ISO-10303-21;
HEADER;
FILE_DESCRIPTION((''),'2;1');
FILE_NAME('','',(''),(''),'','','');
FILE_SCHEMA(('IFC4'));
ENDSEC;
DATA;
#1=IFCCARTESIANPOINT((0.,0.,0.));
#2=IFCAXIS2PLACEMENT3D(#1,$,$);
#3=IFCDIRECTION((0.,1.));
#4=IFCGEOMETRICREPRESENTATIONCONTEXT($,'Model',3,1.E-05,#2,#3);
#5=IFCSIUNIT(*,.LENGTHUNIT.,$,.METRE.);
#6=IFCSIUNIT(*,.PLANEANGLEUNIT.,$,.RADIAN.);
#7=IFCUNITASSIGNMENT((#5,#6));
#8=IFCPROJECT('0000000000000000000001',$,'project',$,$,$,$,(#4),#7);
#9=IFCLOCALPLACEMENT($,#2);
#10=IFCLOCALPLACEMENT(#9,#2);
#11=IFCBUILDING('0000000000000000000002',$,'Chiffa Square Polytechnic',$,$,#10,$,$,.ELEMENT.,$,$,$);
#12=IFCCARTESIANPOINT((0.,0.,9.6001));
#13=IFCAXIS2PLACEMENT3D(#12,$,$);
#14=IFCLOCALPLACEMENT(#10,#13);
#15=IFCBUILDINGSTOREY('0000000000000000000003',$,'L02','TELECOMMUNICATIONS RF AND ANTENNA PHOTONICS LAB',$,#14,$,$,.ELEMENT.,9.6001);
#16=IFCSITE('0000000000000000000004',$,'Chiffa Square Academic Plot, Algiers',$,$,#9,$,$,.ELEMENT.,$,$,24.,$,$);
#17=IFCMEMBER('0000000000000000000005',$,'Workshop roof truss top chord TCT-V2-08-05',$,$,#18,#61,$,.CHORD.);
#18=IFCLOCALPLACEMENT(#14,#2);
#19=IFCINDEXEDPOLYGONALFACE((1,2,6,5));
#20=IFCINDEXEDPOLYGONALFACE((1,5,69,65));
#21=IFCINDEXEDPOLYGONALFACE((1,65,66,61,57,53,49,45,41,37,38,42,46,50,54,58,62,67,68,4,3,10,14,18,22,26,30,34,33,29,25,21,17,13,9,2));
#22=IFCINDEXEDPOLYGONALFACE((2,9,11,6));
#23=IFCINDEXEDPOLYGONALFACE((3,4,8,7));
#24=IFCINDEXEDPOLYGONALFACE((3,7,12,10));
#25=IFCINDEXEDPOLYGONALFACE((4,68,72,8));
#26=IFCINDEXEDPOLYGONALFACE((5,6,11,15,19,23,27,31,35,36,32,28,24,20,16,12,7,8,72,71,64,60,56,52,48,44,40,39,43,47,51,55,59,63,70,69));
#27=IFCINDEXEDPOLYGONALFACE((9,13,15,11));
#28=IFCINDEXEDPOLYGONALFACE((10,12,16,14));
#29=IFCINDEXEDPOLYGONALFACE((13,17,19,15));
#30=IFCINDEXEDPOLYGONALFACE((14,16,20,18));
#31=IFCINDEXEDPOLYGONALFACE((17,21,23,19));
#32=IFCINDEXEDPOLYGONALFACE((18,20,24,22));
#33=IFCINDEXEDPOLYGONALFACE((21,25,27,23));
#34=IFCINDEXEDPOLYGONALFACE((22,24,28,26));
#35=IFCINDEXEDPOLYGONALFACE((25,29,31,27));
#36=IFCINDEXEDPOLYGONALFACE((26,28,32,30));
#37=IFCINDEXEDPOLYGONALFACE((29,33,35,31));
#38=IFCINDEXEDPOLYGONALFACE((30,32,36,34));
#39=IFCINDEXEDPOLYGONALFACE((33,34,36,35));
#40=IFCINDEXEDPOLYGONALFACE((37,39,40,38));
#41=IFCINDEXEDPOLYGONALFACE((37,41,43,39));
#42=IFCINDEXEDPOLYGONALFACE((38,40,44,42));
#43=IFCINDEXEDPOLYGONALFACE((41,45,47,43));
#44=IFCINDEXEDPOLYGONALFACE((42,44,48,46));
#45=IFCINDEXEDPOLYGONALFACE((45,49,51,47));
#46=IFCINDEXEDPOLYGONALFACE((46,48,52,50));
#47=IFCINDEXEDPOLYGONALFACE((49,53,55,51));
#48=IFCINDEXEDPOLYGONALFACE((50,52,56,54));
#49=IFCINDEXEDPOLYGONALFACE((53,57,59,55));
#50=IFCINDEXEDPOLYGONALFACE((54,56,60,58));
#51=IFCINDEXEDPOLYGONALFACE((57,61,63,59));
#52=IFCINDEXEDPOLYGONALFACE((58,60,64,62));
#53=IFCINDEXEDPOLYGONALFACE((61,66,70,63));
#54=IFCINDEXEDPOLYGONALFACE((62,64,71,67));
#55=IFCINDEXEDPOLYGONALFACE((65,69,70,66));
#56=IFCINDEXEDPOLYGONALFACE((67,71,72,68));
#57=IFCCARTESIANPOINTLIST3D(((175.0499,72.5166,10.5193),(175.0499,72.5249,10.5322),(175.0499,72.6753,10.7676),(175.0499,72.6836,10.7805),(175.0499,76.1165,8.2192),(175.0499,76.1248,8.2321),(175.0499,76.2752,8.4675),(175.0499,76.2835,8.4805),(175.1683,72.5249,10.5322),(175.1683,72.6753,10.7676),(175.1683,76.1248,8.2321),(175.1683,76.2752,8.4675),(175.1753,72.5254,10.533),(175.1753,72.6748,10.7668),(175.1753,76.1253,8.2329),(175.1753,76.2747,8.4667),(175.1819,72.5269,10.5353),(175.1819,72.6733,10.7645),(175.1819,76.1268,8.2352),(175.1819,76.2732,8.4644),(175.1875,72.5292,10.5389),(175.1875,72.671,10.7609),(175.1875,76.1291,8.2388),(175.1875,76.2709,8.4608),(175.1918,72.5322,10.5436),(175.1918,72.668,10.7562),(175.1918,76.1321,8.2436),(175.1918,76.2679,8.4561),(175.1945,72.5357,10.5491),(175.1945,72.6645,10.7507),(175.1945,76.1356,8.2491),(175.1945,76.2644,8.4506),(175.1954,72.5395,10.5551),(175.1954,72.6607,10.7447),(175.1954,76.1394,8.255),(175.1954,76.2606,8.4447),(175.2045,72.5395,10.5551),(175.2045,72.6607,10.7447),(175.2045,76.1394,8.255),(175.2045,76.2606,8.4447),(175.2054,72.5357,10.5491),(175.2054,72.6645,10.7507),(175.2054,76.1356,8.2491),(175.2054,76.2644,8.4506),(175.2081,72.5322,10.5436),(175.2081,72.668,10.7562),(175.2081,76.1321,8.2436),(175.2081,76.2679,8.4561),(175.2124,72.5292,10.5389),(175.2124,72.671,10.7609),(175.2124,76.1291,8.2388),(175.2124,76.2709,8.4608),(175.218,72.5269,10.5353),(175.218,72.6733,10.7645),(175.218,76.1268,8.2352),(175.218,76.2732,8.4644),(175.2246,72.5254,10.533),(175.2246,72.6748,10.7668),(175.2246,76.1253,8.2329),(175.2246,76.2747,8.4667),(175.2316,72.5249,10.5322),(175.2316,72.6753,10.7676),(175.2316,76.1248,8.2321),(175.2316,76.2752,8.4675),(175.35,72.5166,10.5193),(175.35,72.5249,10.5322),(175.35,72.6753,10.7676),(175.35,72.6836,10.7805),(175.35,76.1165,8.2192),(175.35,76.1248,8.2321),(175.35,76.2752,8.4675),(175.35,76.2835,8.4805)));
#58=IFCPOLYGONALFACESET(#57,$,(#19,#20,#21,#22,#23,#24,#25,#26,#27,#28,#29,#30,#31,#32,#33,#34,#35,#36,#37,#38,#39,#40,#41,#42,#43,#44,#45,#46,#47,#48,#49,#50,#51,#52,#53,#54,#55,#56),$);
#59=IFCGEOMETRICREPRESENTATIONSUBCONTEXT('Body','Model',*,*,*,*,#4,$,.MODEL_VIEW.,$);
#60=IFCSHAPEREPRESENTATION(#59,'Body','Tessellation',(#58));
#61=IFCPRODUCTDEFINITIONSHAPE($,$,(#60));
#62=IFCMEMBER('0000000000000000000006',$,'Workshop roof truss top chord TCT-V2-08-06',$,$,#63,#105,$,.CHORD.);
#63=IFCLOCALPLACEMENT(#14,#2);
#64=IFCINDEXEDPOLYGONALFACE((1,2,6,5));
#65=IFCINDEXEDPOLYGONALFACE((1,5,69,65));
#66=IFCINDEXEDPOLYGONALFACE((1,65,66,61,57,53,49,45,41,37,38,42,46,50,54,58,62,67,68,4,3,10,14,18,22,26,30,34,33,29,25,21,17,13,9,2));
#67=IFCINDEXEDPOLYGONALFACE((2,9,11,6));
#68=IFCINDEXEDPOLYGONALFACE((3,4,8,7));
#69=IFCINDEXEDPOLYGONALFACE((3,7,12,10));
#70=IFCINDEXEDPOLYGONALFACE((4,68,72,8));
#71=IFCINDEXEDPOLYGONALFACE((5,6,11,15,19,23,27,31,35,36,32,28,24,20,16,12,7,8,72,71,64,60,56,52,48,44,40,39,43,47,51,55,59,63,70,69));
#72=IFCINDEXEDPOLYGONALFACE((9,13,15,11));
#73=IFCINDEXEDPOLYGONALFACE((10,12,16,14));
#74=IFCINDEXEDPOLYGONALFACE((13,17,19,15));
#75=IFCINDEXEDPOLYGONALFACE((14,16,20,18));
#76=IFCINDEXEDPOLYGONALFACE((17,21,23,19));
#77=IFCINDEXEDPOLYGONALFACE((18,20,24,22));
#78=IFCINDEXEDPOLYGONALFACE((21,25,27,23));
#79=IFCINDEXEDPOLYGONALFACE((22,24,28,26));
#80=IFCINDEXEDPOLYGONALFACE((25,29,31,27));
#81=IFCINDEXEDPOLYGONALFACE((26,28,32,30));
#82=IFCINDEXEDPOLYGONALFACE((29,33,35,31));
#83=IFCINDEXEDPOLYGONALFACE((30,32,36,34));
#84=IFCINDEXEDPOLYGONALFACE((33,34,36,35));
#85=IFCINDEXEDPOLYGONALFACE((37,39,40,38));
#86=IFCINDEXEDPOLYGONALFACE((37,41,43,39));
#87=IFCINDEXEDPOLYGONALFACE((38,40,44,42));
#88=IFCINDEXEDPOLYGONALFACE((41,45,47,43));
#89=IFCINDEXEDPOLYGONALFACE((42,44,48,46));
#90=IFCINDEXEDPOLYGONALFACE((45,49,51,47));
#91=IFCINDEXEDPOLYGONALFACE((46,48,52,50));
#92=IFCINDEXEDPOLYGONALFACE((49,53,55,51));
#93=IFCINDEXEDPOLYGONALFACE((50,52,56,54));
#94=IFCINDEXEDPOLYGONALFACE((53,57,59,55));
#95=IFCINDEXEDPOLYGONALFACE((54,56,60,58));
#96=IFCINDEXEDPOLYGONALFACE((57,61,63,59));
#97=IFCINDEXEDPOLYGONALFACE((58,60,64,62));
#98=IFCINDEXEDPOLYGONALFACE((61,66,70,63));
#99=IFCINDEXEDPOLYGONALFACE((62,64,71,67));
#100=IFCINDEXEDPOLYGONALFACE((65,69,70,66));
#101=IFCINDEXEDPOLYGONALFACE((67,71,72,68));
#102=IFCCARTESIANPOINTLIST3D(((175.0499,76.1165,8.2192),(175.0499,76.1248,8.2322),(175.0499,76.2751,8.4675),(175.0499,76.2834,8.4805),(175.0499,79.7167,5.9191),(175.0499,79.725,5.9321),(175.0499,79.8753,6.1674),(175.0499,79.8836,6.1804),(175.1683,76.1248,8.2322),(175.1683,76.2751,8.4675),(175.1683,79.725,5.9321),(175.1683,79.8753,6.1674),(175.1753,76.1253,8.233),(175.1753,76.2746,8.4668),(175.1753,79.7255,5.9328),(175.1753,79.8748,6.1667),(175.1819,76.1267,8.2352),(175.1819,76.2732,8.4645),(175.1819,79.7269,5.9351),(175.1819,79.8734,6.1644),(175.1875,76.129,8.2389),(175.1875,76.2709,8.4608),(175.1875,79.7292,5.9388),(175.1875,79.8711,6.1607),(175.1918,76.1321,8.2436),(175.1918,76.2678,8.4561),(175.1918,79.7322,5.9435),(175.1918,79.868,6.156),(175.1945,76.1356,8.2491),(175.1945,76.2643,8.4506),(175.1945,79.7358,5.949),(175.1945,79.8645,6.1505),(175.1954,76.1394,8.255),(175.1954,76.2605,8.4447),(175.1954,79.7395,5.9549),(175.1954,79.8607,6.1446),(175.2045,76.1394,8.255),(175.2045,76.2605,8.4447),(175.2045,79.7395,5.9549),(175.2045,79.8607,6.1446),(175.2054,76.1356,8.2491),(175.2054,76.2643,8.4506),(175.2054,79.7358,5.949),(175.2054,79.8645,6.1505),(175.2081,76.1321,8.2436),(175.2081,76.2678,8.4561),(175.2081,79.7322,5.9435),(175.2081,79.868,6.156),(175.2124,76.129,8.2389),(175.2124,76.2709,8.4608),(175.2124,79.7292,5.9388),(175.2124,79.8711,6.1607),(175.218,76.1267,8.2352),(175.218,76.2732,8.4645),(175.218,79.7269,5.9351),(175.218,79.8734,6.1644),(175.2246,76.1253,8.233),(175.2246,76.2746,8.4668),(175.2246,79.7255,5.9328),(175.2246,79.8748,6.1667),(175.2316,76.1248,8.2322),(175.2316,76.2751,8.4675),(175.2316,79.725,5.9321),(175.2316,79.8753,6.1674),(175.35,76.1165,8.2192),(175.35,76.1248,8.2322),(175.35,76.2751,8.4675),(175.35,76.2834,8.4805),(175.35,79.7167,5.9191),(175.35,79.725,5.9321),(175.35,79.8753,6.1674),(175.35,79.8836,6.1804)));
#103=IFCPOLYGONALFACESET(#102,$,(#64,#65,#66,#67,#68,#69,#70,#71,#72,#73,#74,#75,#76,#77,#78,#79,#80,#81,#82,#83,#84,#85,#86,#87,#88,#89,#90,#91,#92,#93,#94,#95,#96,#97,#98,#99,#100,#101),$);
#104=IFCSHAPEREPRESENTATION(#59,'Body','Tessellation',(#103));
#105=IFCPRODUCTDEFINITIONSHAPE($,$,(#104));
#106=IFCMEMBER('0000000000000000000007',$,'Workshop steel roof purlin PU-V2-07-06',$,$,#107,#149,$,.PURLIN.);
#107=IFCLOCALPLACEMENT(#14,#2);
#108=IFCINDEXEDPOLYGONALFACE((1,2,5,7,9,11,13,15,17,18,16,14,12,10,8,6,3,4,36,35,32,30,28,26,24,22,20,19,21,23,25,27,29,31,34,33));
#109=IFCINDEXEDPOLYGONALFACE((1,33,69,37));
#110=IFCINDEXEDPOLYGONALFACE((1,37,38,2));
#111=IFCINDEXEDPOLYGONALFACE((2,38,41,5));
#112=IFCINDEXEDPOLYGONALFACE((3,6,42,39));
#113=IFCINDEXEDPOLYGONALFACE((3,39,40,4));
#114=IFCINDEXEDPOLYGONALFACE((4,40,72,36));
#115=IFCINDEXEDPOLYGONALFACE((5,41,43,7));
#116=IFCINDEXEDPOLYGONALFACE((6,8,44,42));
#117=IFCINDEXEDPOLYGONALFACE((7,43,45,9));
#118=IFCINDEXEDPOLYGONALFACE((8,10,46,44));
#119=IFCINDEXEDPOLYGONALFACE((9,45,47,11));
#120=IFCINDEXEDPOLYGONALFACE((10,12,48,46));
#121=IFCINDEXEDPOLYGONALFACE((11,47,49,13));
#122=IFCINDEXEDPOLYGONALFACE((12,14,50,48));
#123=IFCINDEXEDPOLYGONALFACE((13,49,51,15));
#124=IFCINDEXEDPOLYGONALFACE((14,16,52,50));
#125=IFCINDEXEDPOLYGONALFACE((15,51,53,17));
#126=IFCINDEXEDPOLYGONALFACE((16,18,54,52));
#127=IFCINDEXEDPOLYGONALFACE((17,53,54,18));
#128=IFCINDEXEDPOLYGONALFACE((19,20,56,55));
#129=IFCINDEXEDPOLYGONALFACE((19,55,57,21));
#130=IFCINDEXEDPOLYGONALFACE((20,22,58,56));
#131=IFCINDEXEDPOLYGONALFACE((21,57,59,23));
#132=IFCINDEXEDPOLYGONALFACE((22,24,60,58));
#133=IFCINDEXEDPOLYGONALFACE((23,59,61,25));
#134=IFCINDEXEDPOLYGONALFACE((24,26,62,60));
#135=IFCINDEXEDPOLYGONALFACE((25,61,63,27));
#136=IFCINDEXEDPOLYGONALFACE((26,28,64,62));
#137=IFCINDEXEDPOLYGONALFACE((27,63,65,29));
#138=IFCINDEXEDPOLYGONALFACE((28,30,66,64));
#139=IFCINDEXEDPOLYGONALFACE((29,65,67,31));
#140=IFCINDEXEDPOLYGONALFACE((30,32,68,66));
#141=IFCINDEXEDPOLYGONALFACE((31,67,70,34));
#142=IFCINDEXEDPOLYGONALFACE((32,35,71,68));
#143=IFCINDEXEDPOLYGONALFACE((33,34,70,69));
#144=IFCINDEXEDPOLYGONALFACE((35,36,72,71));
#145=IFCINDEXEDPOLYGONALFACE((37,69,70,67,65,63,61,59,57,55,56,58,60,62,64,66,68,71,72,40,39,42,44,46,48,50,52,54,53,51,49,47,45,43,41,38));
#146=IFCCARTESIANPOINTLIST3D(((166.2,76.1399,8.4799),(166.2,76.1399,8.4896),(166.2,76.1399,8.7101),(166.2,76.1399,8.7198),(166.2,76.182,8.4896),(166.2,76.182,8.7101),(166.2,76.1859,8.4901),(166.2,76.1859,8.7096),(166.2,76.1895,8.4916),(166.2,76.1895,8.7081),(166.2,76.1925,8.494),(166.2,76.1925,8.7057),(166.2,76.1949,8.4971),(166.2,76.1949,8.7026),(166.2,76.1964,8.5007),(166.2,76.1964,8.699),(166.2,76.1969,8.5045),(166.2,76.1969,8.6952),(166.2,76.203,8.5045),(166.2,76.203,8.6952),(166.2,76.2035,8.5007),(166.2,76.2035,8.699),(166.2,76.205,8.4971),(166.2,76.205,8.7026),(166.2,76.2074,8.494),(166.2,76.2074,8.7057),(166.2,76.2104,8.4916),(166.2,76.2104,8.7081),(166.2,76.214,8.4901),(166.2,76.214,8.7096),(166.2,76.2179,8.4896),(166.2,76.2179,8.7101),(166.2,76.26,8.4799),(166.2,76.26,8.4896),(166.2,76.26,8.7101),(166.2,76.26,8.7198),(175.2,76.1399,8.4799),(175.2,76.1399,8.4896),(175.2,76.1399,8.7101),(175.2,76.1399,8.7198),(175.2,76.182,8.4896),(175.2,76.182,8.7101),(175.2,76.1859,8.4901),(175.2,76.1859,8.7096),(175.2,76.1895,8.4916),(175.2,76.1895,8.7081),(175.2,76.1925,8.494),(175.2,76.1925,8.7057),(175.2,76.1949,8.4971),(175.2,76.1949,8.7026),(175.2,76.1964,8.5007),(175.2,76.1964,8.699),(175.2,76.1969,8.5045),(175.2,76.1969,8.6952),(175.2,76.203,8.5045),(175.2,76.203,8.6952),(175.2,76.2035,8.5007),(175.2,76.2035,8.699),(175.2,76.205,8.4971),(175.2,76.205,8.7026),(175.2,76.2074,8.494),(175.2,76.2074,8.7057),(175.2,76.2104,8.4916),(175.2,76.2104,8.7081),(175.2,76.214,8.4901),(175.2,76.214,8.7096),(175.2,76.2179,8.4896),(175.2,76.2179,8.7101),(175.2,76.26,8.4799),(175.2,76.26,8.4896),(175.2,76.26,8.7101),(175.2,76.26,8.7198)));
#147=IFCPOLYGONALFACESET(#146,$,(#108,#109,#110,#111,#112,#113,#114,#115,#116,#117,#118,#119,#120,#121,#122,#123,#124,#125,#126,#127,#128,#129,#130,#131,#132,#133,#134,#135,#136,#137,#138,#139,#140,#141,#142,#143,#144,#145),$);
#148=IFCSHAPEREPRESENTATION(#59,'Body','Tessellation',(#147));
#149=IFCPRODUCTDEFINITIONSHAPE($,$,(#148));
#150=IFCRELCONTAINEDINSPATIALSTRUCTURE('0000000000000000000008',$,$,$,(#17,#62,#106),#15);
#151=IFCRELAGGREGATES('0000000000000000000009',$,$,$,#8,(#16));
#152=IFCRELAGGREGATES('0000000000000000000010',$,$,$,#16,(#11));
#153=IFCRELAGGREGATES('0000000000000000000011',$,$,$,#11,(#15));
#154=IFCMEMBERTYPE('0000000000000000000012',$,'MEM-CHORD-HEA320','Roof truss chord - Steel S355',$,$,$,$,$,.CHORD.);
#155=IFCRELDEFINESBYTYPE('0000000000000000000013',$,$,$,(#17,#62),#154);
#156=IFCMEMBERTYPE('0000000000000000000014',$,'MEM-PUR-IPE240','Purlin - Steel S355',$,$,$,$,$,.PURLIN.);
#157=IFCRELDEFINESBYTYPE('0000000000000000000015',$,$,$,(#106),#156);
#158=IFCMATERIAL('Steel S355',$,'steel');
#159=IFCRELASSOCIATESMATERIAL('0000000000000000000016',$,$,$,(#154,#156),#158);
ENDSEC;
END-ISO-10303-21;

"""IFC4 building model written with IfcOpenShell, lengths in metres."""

from ifc_helpers import new_model, si_unit, direction, frame, origin, origin_2d, place, context, subcontext, project, spatial, i_section, extrude, material, material_profile, profile_set, type_object, element, save


model = new_model("IFC4")

# Units and contexts
model_context = context("Model", 3, precision=1e-05, world=origin(), true_north=direction((0.0, 1.0)))
body_context = subcontext(model_context, "Body", "Model", "MODEL_VIEW")
ifc_project = project(units=[si_unit("LENGTHUNIT", "METRE"), si_unit("PLANEANGLEUNIT", "RADIAN")], contexts=[model_context])

# Site, building, storey
site_placement = place(None, origin())
site = spatial("IfcSite", under=ifc_project, at=site_placement, Name="Chiffa Square Academic Plot, Algiers", CompositionType="ELEMENT", RefElevation=24.0)
building_placement = place(site_placement, origin())
building = spatial("IfcBuilding", under=site, at=building_placement, Name="Chiffa Square Polytechnic", CompositionType="ELEMENT")
storey_placement = place(building_placement, frame((0.0, 0.0, 9.6001)))
storey = spatial("IfcBuildingStorey", under=building, at=storey_placement, Name="L02", Description="TELECOMMUNICATIONS RF AND ANTENNA PHOTONICS LAB", CompositionType="ELEMENT", Elevation=9.6001)

# Shared definitions
ifc_material_1 = material(Name="Steel S355", Category="steel")

# Members
ifc_material_profile_1 = material_profile(ifc_material_1, i_section(OverallWidth=0.3, OverallDepth=0.3101, WebThickness=0.009, FlangeThickness=0.0154, FilletRadius=0.0271, at=origin_2d()), Name="HEA 320")
ifc_profile_set_1 = profile_set([ifc_material_profile_1], Name="Steel S355")
member_type_1 = type_object("IfcMemberType", Name="MEM-CHORD-HEA320", Description="Roof truss chord - Steel S355", PredefinedType="CHORD", material=ifc_profile_set_1)
member_1_placement = place(storey_placement, frame((175.2, 72.6001, 10.6499), z_axis=(0.0, 0.842681, -0.538413), x_axis=(-1.0, 0.0, 0.0)))
element("IfcMember", 1, at=member_1_placement, inside=storey, type_object=member_type_1, Name="Workshop roof truss top chord TCT-V2-08-05", PredefinedType="CHORD", context=body_context, shape_type="SweptSolid", body=[
    extrude(i_section(OverallWidth=0.3, OverallDepth=0.3101, WebThickness=0.009, FlangeThickness=0.0154, FilletRadius=0.0271, at=origin_2d()), origin(), (0.0, 0.0, 1.0), 4.272),
])
member_2_placement = place(storey_placement, frame((175.2, 76.2, 8.3499), z_axis=(0.0, 0.842698, -0.538387), x_axis=(-1.0, 0.0, 0.0)))
element("IfcMember", 2, at=member_2_placement, inside=storey, type_object=member_type_1, Name="Workshop roof truss top chord TCT-V2-08-06", PredefinedType="CHORD", context=body_context, shape_type="SweptSolid", body=[
    extrude(i_section(OverallWidth=0.3, OverallDepth=0.3101, WebThickness=0.009, FlangeThickness=0.0154, FilletRadius=0.0271, at=origin_2d()), origin(), (0.0, 0.0, 1.0), 4.2722),
])
ifc_material_profile_2 = material_profile(ifc_material_1, i_section(OverallWidth=0.1201, OverallDepth=0.24, WebThickness=0.0061, FlangeThickness=0.0098, FilletRadius=0.0149, at=origin_2d()), Name="IPE 240")
ifc_profile_set_2 = profile_set([ifc_material_profile_2], Name="Steel S355")
member_type_2 = type_object("IfcMemberType", Name="MEM-PUR-IPE240", Description="Purlin - Steel S355", PredefinedType="PURLIN", material=ifc_profile_set_2)
member_3_placement = place(storey_placement, frame((166.2, 76.2, 8.5999), z_axis=(1.0, 0.0, 0.0), x_axis=(0.0, 1.0, 0.0)))
element("IfcMember", 3, at=member_3_placement, inside=storey, type_object=member_type_2, Name="Workshop steel roof purlin PU-V2-07-06", PredefinedType="PURLIN", context=body_context, shape_type="SweptSolid", body=[
    extrude(i_section(OverallWidth=0.1201, OverallDepth=0.24, WebThickness=0.0061, FlangeThickness=0.0098, FilletRadius=0.0149, at=origin_2d()), origin(), (0.0, 0.0, 1.0), 9.0),
])

save(model, "model.ifc")
